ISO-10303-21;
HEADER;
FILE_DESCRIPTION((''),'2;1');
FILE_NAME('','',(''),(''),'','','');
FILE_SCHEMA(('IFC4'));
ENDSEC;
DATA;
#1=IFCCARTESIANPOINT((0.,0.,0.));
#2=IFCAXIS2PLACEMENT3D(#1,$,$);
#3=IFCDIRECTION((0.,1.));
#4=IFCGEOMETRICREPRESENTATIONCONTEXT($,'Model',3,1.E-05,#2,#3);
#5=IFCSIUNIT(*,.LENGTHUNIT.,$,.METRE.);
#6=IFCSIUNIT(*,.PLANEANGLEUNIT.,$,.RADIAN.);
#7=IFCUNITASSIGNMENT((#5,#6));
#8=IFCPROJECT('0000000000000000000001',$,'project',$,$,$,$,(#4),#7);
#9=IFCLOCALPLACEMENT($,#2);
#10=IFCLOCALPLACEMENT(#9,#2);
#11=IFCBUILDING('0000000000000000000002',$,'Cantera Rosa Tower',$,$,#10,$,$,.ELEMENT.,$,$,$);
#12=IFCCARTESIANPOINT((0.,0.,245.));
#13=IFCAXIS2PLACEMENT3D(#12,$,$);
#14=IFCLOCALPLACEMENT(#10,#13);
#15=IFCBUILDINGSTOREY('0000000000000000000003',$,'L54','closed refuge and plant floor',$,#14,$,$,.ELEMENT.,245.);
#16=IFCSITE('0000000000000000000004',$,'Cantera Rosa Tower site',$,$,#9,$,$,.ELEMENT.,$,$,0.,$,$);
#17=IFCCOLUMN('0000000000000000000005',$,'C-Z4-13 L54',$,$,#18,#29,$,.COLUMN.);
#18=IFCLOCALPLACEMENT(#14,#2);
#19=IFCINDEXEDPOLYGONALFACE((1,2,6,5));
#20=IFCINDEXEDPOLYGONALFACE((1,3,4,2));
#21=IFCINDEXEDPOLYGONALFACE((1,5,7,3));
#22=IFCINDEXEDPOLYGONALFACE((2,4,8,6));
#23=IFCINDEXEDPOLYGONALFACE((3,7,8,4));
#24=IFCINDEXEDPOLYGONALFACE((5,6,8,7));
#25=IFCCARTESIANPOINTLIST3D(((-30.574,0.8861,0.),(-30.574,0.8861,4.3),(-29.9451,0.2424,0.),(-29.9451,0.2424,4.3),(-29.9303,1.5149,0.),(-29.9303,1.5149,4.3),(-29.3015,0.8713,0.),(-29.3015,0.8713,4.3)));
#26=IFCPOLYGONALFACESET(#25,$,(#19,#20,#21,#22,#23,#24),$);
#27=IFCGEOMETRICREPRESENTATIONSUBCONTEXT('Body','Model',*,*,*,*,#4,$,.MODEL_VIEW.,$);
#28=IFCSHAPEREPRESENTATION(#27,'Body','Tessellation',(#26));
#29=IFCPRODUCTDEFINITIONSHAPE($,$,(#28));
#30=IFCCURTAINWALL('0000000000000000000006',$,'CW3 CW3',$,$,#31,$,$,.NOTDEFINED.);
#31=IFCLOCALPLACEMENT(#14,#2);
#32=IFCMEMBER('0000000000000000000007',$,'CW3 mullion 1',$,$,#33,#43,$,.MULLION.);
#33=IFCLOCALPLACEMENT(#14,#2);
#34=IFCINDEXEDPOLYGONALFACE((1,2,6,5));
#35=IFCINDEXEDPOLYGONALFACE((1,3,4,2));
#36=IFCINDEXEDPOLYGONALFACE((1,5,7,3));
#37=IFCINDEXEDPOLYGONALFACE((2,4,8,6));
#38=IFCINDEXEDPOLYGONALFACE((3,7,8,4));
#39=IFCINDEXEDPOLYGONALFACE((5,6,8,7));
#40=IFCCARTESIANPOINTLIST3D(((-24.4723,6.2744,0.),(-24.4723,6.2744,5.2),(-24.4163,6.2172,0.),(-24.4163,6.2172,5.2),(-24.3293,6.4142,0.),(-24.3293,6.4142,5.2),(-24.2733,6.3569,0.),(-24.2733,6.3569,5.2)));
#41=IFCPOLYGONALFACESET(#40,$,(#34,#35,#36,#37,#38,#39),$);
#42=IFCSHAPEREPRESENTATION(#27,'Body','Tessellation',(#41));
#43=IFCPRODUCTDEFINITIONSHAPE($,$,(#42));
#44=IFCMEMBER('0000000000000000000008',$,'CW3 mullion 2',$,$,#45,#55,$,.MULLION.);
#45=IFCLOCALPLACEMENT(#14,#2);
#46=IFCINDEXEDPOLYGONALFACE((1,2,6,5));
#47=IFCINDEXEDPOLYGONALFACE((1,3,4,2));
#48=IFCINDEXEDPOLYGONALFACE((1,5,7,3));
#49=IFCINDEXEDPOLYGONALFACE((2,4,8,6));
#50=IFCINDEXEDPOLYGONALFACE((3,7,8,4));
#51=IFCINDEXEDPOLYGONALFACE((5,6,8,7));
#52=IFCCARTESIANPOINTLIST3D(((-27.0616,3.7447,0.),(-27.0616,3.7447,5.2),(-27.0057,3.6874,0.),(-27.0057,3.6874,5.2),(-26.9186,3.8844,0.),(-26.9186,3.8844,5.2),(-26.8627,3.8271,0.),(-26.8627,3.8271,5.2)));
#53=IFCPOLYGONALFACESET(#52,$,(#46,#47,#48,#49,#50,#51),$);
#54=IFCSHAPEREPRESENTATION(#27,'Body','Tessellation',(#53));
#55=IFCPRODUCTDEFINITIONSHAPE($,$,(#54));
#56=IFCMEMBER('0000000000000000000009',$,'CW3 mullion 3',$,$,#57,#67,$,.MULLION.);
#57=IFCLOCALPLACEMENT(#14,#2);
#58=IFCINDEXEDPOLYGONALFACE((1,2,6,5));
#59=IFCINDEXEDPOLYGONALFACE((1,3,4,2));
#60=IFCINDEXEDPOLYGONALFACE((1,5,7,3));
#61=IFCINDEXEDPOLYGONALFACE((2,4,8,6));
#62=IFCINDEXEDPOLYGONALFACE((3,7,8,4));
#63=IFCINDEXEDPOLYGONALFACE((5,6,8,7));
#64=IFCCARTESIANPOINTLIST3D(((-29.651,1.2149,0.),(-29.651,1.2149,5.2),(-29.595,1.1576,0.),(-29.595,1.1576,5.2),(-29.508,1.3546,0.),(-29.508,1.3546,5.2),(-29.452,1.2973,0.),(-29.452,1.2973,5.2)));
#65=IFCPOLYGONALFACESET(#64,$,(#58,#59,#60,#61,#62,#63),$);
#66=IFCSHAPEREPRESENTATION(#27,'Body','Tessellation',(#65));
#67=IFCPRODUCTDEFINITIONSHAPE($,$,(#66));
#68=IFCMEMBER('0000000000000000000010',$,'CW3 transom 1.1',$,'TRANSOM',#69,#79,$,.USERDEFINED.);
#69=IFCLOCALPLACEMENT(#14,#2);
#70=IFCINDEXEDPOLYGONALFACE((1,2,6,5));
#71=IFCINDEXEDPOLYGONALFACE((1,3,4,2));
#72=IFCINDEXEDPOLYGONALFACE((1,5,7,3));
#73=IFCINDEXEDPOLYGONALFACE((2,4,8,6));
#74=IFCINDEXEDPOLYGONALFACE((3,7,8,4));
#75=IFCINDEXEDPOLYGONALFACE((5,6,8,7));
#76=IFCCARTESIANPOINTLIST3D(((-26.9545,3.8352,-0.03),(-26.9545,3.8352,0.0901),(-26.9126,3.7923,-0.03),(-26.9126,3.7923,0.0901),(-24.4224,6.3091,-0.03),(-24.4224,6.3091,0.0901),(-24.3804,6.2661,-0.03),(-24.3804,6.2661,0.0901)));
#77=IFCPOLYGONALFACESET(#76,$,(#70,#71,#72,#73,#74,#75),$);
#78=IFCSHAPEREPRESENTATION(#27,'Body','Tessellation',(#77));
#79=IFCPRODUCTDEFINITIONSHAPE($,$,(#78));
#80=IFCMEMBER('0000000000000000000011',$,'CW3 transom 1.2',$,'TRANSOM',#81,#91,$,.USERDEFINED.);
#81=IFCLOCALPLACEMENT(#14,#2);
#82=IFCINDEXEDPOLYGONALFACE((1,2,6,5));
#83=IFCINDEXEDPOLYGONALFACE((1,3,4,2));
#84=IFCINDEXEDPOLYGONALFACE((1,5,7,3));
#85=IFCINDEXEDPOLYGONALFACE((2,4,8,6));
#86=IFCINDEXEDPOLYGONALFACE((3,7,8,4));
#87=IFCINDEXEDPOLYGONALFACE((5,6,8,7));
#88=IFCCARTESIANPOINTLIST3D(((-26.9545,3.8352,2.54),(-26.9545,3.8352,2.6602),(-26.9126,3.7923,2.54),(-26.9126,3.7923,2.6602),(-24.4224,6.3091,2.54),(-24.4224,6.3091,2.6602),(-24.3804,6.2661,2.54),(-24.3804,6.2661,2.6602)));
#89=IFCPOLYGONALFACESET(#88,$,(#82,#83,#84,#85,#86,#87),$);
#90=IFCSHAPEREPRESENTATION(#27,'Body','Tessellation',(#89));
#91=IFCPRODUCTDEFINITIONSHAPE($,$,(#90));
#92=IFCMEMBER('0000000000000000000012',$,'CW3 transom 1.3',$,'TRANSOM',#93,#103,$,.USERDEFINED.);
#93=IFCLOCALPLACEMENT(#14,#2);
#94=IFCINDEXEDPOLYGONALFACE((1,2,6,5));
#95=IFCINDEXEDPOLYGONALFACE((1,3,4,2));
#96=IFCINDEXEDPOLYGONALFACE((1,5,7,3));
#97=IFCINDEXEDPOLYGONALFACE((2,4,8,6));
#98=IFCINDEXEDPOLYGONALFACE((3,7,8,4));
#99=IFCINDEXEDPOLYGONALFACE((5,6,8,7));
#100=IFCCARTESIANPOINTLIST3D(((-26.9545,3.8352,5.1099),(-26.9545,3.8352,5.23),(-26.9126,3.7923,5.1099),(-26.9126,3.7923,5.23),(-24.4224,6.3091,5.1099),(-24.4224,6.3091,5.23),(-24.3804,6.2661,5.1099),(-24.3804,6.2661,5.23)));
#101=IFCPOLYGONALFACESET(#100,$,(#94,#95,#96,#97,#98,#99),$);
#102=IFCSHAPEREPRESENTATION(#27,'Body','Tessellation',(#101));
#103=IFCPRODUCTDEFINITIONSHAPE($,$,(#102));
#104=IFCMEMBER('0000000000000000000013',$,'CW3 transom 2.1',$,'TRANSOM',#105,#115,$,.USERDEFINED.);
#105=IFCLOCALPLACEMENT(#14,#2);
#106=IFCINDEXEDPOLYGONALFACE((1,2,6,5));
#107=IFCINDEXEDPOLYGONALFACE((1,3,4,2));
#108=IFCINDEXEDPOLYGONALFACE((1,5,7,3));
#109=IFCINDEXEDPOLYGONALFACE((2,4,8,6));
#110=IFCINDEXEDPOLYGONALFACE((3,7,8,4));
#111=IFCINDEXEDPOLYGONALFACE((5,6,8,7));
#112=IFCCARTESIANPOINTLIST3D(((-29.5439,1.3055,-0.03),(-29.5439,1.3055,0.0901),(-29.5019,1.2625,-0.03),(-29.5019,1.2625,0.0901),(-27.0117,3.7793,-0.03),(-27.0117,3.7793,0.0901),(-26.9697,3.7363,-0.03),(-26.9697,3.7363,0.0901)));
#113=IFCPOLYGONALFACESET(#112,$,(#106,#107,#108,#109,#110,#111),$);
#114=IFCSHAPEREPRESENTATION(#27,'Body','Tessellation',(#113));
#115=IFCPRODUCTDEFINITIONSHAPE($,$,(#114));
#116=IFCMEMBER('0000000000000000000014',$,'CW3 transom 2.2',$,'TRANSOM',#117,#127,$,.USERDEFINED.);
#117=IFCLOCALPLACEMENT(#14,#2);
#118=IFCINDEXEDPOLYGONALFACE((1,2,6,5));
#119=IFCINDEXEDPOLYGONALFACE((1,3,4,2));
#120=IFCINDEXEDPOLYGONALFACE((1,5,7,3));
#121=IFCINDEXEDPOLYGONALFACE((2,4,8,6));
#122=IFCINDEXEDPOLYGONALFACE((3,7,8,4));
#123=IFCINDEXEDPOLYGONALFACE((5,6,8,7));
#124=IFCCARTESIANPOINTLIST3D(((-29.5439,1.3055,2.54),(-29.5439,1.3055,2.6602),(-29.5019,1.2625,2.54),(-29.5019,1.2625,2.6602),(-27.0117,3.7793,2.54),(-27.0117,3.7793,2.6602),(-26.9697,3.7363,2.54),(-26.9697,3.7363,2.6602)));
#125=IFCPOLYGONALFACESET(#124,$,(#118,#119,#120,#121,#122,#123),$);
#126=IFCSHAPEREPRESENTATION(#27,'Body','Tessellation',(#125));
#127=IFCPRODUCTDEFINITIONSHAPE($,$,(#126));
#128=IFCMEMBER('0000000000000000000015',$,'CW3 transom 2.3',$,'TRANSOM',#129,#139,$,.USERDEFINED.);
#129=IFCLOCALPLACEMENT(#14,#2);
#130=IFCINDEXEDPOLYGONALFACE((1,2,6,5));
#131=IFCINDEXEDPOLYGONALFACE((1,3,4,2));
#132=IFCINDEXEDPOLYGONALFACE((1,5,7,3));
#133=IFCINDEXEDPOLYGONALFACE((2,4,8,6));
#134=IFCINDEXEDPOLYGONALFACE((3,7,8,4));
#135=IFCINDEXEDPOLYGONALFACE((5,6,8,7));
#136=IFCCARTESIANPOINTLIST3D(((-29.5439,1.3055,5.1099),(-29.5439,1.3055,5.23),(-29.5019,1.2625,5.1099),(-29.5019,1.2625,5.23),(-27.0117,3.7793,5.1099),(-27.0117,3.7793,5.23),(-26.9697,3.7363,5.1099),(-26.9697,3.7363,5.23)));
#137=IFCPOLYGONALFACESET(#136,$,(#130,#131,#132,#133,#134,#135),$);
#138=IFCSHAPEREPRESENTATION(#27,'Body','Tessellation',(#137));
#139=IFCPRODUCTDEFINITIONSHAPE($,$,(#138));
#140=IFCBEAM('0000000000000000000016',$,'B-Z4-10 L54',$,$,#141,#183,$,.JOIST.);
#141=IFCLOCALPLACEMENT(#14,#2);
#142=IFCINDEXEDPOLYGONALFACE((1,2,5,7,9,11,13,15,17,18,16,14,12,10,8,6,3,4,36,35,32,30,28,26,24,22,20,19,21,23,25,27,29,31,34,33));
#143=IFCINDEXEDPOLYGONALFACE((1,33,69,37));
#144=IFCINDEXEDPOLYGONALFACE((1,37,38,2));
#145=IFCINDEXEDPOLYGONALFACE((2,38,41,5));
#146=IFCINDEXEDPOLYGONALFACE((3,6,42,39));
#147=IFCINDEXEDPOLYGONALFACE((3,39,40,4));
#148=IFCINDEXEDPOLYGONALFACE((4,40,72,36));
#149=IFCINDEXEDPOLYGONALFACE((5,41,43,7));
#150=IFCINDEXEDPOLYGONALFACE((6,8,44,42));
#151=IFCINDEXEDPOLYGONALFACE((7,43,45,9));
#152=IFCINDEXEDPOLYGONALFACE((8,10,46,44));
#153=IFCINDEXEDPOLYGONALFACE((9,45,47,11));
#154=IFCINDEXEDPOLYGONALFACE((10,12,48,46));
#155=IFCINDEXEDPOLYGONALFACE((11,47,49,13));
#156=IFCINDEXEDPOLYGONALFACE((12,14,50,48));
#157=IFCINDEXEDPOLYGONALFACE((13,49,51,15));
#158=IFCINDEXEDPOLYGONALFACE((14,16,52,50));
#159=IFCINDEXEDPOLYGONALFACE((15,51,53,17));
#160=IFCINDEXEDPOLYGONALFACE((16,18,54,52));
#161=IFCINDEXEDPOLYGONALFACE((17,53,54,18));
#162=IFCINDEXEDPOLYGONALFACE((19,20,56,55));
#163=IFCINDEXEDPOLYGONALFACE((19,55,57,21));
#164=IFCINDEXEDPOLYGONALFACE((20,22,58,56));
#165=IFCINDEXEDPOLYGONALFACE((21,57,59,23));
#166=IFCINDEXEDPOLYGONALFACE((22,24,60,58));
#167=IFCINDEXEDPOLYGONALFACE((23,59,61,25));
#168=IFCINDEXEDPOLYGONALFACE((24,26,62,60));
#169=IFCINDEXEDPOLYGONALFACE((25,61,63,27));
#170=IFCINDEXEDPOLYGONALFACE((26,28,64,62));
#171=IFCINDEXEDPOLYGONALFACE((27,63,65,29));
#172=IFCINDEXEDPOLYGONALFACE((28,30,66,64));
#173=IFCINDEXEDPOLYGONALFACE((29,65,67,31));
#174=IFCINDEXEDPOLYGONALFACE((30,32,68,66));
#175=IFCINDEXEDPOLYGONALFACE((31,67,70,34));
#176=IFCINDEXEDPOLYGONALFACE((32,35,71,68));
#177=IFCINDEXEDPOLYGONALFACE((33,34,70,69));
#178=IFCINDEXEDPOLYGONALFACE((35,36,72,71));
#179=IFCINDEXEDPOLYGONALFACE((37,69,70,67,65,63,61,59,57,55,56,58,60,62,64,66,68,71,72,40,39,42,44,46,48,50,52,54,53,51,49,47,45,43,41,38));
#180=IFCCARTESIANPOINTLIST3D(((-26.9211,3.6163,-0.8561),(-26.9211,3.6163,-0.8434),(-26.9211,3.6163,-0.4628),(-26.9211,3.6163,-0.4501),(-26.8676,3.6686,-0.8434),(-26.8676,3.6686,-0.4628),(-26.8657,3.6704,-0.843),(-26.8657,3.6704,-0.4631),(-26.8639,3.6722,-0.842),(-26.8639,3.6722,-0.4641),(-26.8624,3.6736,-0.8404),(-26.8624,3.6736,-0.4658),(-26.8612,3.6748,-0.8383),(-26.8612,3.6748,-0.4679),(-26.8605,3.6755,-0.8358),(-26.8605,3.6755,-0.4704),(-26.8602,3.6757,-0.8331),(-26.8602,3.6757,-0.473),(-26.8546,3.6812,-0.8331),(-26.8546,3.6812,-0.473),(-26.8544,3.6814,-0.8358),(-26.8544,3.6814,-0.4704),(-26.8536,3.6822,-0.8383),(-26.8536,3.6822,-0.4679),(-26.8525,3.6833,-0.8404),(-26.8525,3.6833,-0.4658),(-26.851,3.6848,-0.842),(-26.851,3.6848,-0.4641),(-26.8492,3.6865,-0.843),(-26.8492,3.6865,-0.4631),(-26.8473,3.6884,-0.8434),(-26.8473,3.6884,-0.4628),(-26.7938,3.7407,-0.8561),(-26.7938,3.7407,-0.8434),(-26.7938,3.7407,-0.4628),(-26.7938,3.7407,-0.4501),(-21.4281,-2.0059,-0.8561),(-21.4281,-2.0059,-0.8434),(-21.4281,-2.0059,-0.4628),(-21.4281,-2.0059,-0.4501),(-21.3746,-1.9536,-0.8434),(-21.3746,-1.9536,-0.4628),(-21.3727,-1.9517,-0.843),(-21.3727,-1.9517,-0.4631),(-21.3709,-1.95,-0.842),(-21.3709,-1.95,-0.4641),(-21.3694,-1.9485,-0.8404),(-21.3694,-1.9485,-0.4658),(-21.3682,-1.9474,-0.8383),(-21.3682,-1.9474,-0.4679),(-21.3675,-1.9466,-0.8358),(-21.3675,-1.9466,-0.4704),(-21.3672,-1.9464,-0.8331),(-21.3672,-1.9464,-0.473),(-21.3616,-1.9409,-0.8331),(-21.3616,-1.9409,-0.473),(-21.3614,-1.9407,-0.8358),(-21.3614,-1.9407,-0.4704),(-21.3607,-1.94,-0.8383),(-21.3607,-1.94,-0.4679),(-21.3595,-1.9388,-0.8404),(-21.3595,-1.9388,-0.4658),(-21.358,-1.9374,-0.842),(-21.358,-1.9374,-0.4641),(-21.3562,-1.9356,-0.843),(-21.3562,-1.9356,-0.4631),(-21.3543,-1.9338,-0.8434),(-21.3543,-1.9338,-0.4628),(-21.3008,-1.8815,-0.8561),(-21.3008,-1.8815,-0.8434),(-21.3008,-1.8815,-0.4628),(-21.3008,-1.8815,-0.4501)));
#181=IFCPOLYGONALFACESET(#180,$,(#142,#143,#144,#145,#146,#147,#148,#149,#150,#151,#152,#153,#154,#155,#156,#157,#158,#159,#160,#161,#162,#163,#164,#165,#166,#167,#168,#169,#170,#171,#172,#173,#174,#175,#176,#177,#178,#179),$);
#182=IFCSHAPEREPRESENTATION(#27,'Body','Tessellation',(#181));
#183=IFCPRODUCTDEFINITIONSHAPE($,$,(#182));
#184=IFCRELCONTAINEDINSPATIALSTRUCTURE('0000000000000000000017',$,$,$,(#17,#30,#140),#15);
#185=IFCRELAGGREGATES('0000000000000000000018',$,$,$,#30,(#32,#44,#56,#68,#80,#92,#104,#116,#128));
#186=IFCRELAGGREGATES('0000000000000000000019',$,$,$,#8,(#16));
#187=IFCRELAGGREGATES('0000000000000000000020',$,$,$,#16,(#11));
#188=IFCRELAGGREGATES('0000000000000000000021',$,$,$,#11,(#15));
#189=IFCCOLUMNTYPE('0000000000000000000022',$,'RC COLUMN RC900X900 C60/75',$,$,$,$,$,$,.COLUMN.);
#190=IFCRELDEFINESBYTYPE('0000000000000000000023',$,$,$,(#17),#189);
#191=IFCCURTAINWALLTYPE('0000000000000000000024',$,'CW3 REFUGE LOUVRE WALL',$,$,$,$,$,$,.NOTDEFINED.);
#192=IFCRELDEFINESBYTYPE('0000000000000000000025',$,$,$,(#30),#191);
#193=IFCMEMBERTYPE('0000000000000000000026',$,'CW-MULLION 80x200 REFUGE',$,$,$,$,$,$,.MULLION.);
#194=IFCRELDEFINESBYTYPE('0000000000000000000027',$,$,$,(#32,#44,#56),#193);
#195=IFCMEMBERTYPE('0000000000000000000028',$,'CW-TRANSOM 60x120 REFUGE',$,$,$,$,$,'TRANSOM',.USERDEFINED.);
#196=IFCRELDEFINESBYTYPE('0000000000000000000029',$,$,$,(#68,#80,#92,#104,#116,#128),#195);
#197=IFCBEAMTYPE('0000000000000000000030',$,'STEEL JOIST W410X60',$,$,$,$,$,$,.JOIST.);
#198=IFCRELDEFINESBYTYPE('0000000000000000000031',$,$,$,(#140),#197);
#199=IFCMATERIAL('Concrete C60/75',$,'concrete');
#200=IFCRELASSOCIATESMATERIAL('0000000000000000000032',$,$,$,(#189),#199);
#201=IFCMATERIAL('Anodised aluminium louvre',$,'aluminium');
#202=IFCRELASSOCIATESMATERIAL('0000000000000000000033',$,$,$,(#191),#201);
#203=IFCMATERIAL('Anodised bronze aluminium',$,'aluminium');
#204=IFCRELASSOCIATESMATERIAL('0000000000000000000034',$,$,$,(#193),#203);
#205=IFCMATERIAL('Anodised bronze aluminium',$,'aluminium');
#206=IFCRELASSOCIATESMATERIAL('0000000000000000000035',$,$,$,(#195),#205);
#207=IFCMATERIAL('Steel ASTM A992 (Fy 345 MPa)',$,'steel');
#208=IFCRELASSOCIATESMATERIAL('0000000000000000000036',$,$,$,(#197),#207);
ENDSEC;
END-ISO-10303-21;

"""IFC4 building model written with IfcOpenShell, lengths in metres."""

from ifc_helpers import new_model, si_unit, direction, frame, origin, origin_2d, place, context, subcontext, project, spatial, rectangle, i_section, extrude, material, material_profile, profile_set, type_object, element, aggregate, save


model = new_model("IFC4")

# Units and contexts
model_context = context("Model", 3, precision=1e-05, world=origin(), true_north=direction((0.0, 1.0)))
body_context = subcontext(model_context, "Body", "Model", "MODEL_VIEW")
ifc_project = project(units=[si_unit("LENGTHUNIT", "METRE"), si_unit("PLANEANGLEUNIT", "RADIAN")], contexts=[model_context])

# Site, building, storey
site_placement = place(None, origin())
site = spatial("IfcSite", under=ifc_project, at=site_placement, Name="Cantera Rosa Tower site", CompositionType="ELEMENT", RefElevation=0.0)
building_placement = place(site_placement, origin())
building = spatial("IfcBuilding", under=site, at=building_placement, Name="Cantera Rosa Tower", CompositionType="ELEMENT")
storey_placement = place(building_placement, frame((0.0, 0.0, 245.0)))
storey = spatial("IfcBuildingStorey", under=building, at=storey_placement, Name="L54", Description="closed refuge and plant floor", CompositionType="ELEMENT", Elevation=245.0)

# Column
ifc_material_1 = material(Name="Concrete C60/75", Category="concrete")
ifc_material_profile_1 = material_profile(ifc_material_1, rectangle(XDim=0.8999, YDim=0.8999, at=origin_2d()), Name="RC COLUMN RC900X900 C60/75")
ifc_profile_set_1 = profile_set([ifc_material_profile_1], Name="Concrete C60/75")
column_type = type_object("IfcColumnType", Name="RC COLUMN RC900X900 C60/75", PredefinedType="COLUMN", material=ifc_profile_set_1)
column_placement = place(storey_placement, frame((-29.9377, 0.8787, 0.0), z_axis=(0.0, 0.0, 1.0), x_axis=(0.715286, 0.698832, 0.0)))
element("IfcColumn", 1, at=column_placement, inside=storey, type_object=column_type, Name="C-Z4-13 L54", PredefinedType="COLUMN", context=body_context, shape_type="SweptSolid", body=[
    extrude(rectangle(XDim=0.8999, YDim=0.8999, at=origin_2d()), origin(), (0.0, 0.0, 1.0), 4.3),
])

# Curtain wall, members
ifc_material_2 = material(Name="Anodised aluminium louvre", Category="aluminium")
curtain_wall_type = type_object("IfcCurtainWallType", Name="CW3 REFUGE LOUVRE WALL", PredefinedType="NOTDEFINED", material=ifc_material_2)
curtain_wall_placement = place(storey_placement, origin())
curtain_wall = element("IfcCurtainWall", 2, at=curtain_wall_placement, inside=storey, type_object=curtain_wall_type, Name="CW3 CW3", PredefinedType="NOTDEFINED")
ifc_material_3 = material(Name="Anodised bronze aluminium", Category="aluminium")
ifc_material_profile_2 = material_profile(ifc_material_3, rectangle(XDim=0.0801, YDim=0.2, at=origin_2d()), Name="CW-MULLION 80x200 REFUGE")
ifc_profile_set_2 = profile_set([ifc_material_profile_2], Name="Anodised bronze aluminium")
member_type_1 = type_object("IfcMemberType", Name="CW-MULLION 80x200 REFUGE", PredefinedType="MULLION", material=ifc_profile_set_2)
member_1_placement = place(storey_placement, frame((-24.3728, 6.3157, 0.0), z_axis=(0.0, 0.0, 1.0), x_axis=(0.698832, -0.715286, 0.0)))
member_1 = element("IfcMember", 3, at=member_1_placement, type_object=member_type_1, Name="CW3 mullion 1", PredefinedType="MULLION", context=body_context, shape_type="SweptSolid", body=[
    extrude(rectangle(XDim=0.0801, YDim=0.2, at=origin_2d()), origin(), (0.0, 0.0, 1.0), 5.2),
])
member_2_placement = place(storey_placement, frame((-26.9622, 3.7859, 0.0), z_axis=(0.0, 0.0, 1.0), x_axis=(0.698832, -0.715286, 0.0)))
member_2 = element("IfcMember", 4, at=member_2_placement, type_object=member_type_1, Name="CW3 mullion 2", PredefinedType="MULLION", context=body_context, shape_type="SweptSolid", body=[
    extrude(rectangle(XDim=0.0801, YDim=0.2, at=origin_2d()), origin(), (0.0, 0.0, 1.0), 5.2),
])
member_3_placement = place(storey_placement, frame((-29.5515, 1.2561, 0.0), z_axis=(0.0, 0.0, 1.0), x_axis=(0.698832, -0.715286, 0.0)))
member_3 = element("IfcMember", 5, at=member_3_placement, type_object=member_type_1, Name="CW3 mullion 3", PredefinedType="MULLION", context=body_context, shape_type="SweptSolid", body=[
    extrude(rectangle(XDim=0.0801, YDim=0.2, at=origin_2d()), origin(), (0.0, 0.0, 1.0), 5.2),
])
ifc_material_4 = material(Name="Anodised bronze aluminium", Category="aluminium")
ifc_material_profile_3 = material_profile(ifc_material_4, rectangle(XDim=0.0601, YDim=0.1201, at=origin_2d()), Name="CW-TRANSOM 60x120 REFUGE")
ifc_profile_set_3 = profile_set([ifc_material_profile_3], Name="Anodised bronze aluminium")
member_type_2 = type_object("IfcMemberType", Name="CW-TRANSOM 60x120 REFUGE", ElementType="TRANSOM", PredefinedType="USERDEFINED", material=ifc_profile_set_3)
member_4_placement = place(storey_placement, frame((-24.4014, 6.2876, 0.03), z_axis=(-0.7153, -0.698817, 0.0), x_axis=(0.698817, -0.7153, 0.0)))
member_4 = element("IfcMember", 6, at=member_4_placement, type_object=member_type_2, Name="CW3 transom 1.1", ObjectType="TRANSOM", PredefinedType="USERDEFINED", context=body_context, shape_type="SweptSolid", body=[
    extrude(rectangle(XDim=0.0601, YDim=0.1201, at=origin_2d()), origin(), (0.0, 0.0, 1.0), 3.54),
])
member_5_placement = place(storey_placement, frame((-24.4014, 6.2876, 2.6001), z_axis=(-0.7153, -0.698817, 0.0), x_axis=(0.698817, -0.7153, 0.0)))
member_5 = element("IfcMember", 7, at=member_5_placement, type_object=member_type_2, Name="CW3 transom 1.2", ObjectType="TRANSOM", PredefinedType="USERDEFINED", context=body_context, shape_type="SweptSolid", body=[
    extrude(rectangle(XDim=0.0601, YDim=0.1201, at=origin_2d()), origin(), (0.0, 0.0, 1.0), 3.54),
])
member_6_placement = place(storey_placement, frame((-24.4014, 6.2876, 5.1699), z_axis=(-0.7153, -0.698817, 0.0), x_axis=(0.698817, -0.7153, 0.0)))
member_6 = element("IfcMember", 8, at=member_6_placement, type_object=member_type_2, Name="CW3 transom 1.3", ObjectType="TRANSOM", PredefinedType="USERDEFINED", context=body_context, shape_type="SweptSolid", body=[
    extrude(rectangle(XDim=0.0601, YDim=0.1201, at=origin_2d()), origin(), (0.0, 0.0, 1.0), 3.54),
])
member_7_placement = place(storey_placement, frame((-26.9907, 3.7578, 0.03), z_axis=(-0.7153, -0.698817, 0.0), x_axis=(0.698817, -0.7153, 0.0)))
member_7 = element("IfcMember", 9, at=member_7_placement, type_object=member_type_2, Name="CW3 transom 2.1", ObjectType="TRANSOM", PredefinedType="USERDEFINED", context=body_context, shape_type="SweptSolid", body=[
    extrude(rectangle(XDim=0.0601, YDim=0.1201, at=origin_2d()), origin(), (0.0, 0.0, 1.0), 3.54),
])
member_8_placement = place(storey_placement, frame((-26.9907, 3.7578, 2.6001), z_axis=(-0.7153, -0.698817, 0.0), x_axis=(0.698817, -0.7153, 0.0)))
member_8 = element("IfcMember", 10, at=member_8_placement, type_object=member_type_2, Name="CW3 transom 2.2", ObjectType="TRANSOM", PredefinedType="USERDEFINED", context=body_context, shape_type="SweptSolid", body=[
    extrude(rectangle(XDim=0.0601, YDim=0.1201, at=origin_2d()), origin(), (0.0, 0.0, 1.0), 3.54),
])
member_9_placement = place(storey_placement, frame((-26.9907, 3.7578, 5.1699), z_axis=(-0.7153, -0.698817, 0.0), x_axis=(0.698817, -0.7153, 0.0)))
member_9 = element("IfcMember", 11, at=member_9_placement, type_object=member_type_2, Name="CW3 transom 2.3", ObjectType="TRANSOM", PredefinedType="USERDEFINED", context=body_context, shape_type="SweptSolid", body=[
    extrude(rectangle(XDim=0.0601, YDim=0.1201, at=origin_2d()), origin(), (0.0, 0.0, 1.0), 3.54),
])

# Beam
ifc_material_5 = material(Name="Steel ASTM A992 (Fy 345 MPa)", Category="steel")
ifc_material_profile_4 = material_profile(ifc_material_5, i_section(OverallWidth=0.178, OverallDepth=0.406, WebThickness=0.0078, FlangeThickness=0.0127, FilletRadius=0.0103, at=origin_2d()), Name="W410X60")
ifc_profile_set_4 = profile_set([ifc_material_profile_4], Name="Steel ASTM A992 (Fy 345 MPa)")
beam_type_1 = type_object("IfcBeamType", Name="STEEL JOIST W410X60", PredefinedType="JOIST", material=ifc_profile_set_4)
beam_1_placement = place(storey_placement, frame((-26.8574, 3.6785, -0.6531), z_axis=(0.698843, -0.715275, 0.0), x_axis=(0.715275, 0.698843, 0.0)))
element("IfcBeam", 12, at=beam_1_placement, inside=storey, type_object=beam_type_1, Name="B-Z4-10 L54", PredefinedType="JOIST", context=body_context, shape_type="SweptSolid", body=[
    extrude(i_section(OverallWidth=0.178, OverallDepth=0.406, WebThickness=0.0078, FlangeThickness=0.0127, FilletRadius=0.0103, at=origin_2d()), origin(), (0.0, 0.0, 1.0), 7.8601),
])

aggregate(curtain_wall, [member_1, member_2, member_3, member_4, member_5, member_6, member_7, member_8, member_9])

save(model, "model.ifc")
